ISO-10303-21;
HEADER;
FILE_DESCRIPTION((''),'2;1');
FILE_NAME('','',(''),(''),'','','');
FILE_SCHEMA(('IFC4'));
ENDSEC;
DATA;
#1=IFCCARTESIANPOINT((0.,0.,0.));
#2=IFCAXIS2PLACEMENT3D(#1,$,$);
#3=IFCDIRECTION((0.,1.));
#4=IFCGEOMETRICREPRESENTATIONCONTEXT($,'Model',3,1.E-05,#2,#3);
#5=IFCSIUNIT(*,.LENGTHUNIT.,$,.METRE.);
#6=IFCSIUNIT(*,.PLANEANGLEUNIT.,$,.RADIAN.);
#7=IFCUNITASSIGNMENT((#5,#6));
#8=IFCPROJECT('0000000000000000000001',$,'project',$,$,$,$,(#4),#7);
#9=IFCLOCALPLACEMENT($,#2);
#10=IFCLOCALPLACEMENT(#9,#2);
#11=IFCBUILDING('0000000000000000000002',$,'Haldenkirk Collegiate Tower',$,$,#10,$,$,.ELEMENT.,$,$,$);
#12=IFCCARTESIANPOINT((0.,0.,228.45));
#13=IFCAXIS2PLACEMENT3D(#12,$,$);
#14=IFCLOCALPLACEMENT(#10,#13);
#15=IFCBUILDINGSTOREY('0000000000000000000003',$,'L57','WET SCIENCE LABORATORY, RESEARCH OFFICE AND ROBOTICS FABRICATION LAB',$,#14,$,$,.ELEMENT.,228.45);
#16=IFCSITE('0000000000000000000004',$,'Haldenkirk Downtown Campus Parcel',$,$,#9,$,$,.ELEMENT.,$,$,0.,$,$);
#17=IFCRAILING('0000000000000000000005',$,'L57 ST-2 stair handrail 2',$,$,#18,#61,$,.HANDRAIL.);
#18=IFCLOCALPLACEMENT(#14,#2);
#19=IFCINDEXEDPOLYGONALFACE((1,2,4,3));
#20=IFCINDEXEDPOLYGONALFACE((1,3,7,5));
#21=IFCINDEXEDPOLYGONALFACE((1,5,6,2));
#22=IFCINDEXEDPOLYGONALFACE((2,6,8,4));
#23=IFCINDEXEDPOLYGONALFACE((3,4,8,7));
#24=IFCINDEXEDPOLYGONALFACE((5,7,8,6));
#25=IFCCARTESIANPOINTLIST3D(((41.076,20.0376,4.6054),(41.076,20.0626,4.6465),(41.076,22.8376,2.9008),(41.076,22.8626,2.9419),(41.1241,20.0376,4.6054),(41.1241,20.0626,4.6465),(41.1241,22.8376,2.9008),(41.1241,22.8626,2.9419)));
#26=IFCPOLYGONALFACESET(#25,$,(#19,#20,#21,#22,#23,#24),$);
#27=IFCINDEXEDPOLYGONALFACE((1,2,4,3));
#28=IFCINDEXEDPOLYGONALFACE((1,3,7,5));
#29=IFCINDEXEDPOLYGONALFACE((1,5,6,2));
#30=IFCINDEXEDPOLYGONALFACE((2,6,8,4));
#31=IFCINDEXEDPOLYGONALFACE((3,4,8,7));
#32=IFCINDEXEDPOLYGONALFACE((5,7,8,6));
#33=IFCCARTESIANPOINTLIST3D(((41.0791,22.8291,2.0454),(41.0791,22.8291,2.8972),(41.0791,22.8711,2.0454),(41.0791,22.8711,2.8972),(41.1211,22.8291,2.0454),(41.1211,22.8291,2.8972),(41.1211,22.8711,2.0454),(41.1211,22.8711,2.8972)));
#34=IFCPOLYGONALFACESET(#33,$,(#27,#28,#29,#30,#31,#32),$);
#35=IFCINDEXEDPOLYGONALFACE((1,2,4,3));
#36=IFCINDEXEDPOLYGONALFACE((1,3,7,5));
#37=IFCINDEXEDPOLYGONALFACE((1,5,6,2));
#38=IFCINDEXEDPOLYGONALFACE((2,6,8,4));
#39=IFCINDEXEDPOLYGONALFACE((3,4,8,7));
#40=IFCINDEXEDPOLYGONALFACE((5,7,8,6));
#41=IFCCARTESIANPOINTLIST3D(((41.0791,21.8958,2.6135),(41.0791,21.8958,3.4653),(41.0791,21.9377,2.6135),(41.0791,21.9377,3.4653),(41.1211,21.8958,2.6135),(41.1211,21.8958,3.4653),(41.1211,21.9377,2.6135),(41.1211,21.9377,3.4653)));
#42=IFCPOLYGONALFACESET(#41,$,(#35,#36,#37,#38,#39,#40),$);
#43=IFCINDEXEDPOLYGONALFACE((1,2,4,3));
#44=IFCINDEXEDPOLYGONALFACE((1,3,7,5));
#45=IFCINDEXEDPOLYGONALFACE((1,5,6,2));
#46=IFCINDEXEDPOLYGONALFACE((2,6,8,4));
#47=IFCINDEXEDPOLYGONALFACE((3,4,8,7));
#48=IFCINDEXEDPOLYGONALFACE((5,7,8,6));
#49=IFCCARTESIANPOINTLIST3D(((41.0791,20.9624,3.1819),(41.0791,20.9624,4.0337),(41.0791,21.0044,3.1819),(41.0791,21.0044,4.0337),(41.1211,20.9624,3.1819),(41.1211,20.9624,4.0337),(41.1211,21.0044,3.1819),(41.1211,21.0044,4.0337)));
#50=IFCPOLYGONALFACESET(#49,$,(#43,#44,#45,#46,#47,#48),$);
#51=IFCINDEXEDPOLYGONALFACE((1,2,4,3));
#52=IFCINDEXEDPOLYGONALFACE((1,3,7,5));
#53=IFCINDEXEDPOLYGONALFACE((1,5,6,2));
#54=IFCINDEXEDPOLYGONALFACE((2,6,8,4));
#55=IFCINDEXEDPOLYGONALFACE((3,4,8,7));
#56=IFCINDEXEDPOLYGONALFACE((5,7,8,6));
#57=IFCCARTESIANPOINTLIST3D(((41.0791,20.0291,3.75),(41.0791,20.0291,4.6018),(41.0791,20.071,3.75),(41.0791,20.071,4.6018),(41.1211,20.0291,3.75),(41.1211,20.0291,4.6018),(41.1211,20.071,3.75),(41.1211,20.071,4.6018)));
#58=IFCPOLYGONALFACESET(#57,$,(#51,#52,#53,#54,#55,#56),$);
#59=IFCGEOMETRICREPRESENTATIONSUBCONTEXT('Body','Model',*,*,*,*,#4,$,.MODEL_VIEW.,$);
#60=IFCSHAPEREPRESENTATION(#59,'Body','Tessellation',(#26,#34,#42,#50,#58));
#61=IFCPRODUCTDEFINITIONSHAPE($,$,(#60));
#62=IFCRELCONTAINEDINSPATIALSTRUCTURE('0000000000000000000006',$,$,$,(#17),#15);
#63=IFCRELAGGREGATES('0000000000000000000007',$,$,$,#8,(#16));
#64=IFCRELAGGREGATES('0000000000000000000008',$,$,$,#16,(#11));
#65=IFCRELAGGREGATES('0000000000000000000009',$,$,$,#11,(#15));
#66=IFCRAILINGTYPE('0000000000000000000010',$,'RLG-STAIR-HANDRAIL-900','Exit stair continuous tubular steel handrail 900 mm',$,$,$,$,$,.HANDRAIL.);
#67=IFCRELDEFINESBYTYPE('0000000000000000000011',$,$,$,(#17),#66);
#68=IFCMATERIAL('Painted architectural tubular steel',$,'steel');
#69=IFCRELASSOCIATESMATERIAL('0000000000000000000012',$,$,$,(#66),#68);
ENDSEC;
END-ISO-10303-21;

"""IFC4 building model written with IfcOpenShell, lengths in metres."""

from ifc_helpers import new_model, si_unit, direction, frame, origin, origin_2d, place, context, subcontext, project, spatial, rectangle, extrude, material, type_object, element, save


model = new_model("IFC4")

# Units and contexts
model_context = context("Model", 3, precision=1e-05, world=origin(), true_north=direction((0.0, 1.0)))
body_context = subcontext(model_context, "Body", "Model", "MODEL_VIEW")
ifc_project = project(units=[si_unit("LENGTHUNIT", "METRE"), si_unit("PLANEANGLEUNIT", "RADIAN")], contexts=[model_context])

# Site, building, storey
site_placement = place(None, origin())
site = spatial("IfcSite", under=ifc_project, at=site_placement, Name="Haldenkirk Downtown Campus Parcel", CompositionType="ELEMENT", RefElevation=0.0)
building_placement = place(site_placement, origin())
building = spatial("IfcBuilding", under=site, at=building_placement, Name="Haldenkirk Collegiate Tower", CompositionType="ELEMENT")
storey_placement = place(building_placement, frame((0.0, 0.0, 228.45)))
storey = spatial("IfcBuildingStorey", under=building, at=storey_placement, Name="L57", Description="WET SCIENCE LABORATORY, RESEARCH OFFICE AND ROBOTICS FABRICATION LAB", CompositionType="ELEMENT", Elevation=228.45)

# Railing
ifc_material_1 = material(Name="Painted architectural tubular steel", Category="steel")
railing_type_1 = type_object("IfcRailingType", Name="RLG-STAIR-HANDRAIL-900", Description="Exit stair continuous tubular steel handrail 900 mm", PredefinedType="HANDRAIL", material=ifc_material_1)
railing_1_placement = place(storey_placement, frame((41.1001, 22.8501, 2.0454)))
element("IfcRailing", 1, at=railing_1_placement, inside=storey, type_object=railing_type_1, Name="L57 ST-2 stair handrail 2", PredefinedType="HANDRAIL", context=body_context, shape_type="SweptSolid", body=[
    extrude(rectangle(XDim=0.0481, YDim=0.0481, at=origin_2d()), frame((0.0, 0.0, 0.876), z_axis=(0.0, -0.85417, 0.519994), x_axis=(1.0, 0.0, 0.0)), (0.0, 0.0, 1.0), 3.2781),
    extrude(rectangle(XDim=0.042, YDim=0.042, at=origin_2d()), origin(), (0.0, 0.0, 1.0), 0.8518),
    extrude(rectangle(XDim=0.042, YDim=0.042, at=origin_2d()), frame((0.0, -0.9333, 0.5681)), (0.0, 0.0, 1.0), 0.8518),
    extrude(rectangle(XDim=0.042, YDim=0.042, at=origin_2d()), frame((0.0, -1.8667, 1.1365)), (0.0, 0.0, 1.0), 0.8518),
    extrude(rectangle(XDim=0.042, YDim=0.042, at=origin_2d()), frame((0.0, -2.8, 1.7046)), (0.0, 0.0, 1.0), 0.8518),
])

save(model, "model.ifc")
